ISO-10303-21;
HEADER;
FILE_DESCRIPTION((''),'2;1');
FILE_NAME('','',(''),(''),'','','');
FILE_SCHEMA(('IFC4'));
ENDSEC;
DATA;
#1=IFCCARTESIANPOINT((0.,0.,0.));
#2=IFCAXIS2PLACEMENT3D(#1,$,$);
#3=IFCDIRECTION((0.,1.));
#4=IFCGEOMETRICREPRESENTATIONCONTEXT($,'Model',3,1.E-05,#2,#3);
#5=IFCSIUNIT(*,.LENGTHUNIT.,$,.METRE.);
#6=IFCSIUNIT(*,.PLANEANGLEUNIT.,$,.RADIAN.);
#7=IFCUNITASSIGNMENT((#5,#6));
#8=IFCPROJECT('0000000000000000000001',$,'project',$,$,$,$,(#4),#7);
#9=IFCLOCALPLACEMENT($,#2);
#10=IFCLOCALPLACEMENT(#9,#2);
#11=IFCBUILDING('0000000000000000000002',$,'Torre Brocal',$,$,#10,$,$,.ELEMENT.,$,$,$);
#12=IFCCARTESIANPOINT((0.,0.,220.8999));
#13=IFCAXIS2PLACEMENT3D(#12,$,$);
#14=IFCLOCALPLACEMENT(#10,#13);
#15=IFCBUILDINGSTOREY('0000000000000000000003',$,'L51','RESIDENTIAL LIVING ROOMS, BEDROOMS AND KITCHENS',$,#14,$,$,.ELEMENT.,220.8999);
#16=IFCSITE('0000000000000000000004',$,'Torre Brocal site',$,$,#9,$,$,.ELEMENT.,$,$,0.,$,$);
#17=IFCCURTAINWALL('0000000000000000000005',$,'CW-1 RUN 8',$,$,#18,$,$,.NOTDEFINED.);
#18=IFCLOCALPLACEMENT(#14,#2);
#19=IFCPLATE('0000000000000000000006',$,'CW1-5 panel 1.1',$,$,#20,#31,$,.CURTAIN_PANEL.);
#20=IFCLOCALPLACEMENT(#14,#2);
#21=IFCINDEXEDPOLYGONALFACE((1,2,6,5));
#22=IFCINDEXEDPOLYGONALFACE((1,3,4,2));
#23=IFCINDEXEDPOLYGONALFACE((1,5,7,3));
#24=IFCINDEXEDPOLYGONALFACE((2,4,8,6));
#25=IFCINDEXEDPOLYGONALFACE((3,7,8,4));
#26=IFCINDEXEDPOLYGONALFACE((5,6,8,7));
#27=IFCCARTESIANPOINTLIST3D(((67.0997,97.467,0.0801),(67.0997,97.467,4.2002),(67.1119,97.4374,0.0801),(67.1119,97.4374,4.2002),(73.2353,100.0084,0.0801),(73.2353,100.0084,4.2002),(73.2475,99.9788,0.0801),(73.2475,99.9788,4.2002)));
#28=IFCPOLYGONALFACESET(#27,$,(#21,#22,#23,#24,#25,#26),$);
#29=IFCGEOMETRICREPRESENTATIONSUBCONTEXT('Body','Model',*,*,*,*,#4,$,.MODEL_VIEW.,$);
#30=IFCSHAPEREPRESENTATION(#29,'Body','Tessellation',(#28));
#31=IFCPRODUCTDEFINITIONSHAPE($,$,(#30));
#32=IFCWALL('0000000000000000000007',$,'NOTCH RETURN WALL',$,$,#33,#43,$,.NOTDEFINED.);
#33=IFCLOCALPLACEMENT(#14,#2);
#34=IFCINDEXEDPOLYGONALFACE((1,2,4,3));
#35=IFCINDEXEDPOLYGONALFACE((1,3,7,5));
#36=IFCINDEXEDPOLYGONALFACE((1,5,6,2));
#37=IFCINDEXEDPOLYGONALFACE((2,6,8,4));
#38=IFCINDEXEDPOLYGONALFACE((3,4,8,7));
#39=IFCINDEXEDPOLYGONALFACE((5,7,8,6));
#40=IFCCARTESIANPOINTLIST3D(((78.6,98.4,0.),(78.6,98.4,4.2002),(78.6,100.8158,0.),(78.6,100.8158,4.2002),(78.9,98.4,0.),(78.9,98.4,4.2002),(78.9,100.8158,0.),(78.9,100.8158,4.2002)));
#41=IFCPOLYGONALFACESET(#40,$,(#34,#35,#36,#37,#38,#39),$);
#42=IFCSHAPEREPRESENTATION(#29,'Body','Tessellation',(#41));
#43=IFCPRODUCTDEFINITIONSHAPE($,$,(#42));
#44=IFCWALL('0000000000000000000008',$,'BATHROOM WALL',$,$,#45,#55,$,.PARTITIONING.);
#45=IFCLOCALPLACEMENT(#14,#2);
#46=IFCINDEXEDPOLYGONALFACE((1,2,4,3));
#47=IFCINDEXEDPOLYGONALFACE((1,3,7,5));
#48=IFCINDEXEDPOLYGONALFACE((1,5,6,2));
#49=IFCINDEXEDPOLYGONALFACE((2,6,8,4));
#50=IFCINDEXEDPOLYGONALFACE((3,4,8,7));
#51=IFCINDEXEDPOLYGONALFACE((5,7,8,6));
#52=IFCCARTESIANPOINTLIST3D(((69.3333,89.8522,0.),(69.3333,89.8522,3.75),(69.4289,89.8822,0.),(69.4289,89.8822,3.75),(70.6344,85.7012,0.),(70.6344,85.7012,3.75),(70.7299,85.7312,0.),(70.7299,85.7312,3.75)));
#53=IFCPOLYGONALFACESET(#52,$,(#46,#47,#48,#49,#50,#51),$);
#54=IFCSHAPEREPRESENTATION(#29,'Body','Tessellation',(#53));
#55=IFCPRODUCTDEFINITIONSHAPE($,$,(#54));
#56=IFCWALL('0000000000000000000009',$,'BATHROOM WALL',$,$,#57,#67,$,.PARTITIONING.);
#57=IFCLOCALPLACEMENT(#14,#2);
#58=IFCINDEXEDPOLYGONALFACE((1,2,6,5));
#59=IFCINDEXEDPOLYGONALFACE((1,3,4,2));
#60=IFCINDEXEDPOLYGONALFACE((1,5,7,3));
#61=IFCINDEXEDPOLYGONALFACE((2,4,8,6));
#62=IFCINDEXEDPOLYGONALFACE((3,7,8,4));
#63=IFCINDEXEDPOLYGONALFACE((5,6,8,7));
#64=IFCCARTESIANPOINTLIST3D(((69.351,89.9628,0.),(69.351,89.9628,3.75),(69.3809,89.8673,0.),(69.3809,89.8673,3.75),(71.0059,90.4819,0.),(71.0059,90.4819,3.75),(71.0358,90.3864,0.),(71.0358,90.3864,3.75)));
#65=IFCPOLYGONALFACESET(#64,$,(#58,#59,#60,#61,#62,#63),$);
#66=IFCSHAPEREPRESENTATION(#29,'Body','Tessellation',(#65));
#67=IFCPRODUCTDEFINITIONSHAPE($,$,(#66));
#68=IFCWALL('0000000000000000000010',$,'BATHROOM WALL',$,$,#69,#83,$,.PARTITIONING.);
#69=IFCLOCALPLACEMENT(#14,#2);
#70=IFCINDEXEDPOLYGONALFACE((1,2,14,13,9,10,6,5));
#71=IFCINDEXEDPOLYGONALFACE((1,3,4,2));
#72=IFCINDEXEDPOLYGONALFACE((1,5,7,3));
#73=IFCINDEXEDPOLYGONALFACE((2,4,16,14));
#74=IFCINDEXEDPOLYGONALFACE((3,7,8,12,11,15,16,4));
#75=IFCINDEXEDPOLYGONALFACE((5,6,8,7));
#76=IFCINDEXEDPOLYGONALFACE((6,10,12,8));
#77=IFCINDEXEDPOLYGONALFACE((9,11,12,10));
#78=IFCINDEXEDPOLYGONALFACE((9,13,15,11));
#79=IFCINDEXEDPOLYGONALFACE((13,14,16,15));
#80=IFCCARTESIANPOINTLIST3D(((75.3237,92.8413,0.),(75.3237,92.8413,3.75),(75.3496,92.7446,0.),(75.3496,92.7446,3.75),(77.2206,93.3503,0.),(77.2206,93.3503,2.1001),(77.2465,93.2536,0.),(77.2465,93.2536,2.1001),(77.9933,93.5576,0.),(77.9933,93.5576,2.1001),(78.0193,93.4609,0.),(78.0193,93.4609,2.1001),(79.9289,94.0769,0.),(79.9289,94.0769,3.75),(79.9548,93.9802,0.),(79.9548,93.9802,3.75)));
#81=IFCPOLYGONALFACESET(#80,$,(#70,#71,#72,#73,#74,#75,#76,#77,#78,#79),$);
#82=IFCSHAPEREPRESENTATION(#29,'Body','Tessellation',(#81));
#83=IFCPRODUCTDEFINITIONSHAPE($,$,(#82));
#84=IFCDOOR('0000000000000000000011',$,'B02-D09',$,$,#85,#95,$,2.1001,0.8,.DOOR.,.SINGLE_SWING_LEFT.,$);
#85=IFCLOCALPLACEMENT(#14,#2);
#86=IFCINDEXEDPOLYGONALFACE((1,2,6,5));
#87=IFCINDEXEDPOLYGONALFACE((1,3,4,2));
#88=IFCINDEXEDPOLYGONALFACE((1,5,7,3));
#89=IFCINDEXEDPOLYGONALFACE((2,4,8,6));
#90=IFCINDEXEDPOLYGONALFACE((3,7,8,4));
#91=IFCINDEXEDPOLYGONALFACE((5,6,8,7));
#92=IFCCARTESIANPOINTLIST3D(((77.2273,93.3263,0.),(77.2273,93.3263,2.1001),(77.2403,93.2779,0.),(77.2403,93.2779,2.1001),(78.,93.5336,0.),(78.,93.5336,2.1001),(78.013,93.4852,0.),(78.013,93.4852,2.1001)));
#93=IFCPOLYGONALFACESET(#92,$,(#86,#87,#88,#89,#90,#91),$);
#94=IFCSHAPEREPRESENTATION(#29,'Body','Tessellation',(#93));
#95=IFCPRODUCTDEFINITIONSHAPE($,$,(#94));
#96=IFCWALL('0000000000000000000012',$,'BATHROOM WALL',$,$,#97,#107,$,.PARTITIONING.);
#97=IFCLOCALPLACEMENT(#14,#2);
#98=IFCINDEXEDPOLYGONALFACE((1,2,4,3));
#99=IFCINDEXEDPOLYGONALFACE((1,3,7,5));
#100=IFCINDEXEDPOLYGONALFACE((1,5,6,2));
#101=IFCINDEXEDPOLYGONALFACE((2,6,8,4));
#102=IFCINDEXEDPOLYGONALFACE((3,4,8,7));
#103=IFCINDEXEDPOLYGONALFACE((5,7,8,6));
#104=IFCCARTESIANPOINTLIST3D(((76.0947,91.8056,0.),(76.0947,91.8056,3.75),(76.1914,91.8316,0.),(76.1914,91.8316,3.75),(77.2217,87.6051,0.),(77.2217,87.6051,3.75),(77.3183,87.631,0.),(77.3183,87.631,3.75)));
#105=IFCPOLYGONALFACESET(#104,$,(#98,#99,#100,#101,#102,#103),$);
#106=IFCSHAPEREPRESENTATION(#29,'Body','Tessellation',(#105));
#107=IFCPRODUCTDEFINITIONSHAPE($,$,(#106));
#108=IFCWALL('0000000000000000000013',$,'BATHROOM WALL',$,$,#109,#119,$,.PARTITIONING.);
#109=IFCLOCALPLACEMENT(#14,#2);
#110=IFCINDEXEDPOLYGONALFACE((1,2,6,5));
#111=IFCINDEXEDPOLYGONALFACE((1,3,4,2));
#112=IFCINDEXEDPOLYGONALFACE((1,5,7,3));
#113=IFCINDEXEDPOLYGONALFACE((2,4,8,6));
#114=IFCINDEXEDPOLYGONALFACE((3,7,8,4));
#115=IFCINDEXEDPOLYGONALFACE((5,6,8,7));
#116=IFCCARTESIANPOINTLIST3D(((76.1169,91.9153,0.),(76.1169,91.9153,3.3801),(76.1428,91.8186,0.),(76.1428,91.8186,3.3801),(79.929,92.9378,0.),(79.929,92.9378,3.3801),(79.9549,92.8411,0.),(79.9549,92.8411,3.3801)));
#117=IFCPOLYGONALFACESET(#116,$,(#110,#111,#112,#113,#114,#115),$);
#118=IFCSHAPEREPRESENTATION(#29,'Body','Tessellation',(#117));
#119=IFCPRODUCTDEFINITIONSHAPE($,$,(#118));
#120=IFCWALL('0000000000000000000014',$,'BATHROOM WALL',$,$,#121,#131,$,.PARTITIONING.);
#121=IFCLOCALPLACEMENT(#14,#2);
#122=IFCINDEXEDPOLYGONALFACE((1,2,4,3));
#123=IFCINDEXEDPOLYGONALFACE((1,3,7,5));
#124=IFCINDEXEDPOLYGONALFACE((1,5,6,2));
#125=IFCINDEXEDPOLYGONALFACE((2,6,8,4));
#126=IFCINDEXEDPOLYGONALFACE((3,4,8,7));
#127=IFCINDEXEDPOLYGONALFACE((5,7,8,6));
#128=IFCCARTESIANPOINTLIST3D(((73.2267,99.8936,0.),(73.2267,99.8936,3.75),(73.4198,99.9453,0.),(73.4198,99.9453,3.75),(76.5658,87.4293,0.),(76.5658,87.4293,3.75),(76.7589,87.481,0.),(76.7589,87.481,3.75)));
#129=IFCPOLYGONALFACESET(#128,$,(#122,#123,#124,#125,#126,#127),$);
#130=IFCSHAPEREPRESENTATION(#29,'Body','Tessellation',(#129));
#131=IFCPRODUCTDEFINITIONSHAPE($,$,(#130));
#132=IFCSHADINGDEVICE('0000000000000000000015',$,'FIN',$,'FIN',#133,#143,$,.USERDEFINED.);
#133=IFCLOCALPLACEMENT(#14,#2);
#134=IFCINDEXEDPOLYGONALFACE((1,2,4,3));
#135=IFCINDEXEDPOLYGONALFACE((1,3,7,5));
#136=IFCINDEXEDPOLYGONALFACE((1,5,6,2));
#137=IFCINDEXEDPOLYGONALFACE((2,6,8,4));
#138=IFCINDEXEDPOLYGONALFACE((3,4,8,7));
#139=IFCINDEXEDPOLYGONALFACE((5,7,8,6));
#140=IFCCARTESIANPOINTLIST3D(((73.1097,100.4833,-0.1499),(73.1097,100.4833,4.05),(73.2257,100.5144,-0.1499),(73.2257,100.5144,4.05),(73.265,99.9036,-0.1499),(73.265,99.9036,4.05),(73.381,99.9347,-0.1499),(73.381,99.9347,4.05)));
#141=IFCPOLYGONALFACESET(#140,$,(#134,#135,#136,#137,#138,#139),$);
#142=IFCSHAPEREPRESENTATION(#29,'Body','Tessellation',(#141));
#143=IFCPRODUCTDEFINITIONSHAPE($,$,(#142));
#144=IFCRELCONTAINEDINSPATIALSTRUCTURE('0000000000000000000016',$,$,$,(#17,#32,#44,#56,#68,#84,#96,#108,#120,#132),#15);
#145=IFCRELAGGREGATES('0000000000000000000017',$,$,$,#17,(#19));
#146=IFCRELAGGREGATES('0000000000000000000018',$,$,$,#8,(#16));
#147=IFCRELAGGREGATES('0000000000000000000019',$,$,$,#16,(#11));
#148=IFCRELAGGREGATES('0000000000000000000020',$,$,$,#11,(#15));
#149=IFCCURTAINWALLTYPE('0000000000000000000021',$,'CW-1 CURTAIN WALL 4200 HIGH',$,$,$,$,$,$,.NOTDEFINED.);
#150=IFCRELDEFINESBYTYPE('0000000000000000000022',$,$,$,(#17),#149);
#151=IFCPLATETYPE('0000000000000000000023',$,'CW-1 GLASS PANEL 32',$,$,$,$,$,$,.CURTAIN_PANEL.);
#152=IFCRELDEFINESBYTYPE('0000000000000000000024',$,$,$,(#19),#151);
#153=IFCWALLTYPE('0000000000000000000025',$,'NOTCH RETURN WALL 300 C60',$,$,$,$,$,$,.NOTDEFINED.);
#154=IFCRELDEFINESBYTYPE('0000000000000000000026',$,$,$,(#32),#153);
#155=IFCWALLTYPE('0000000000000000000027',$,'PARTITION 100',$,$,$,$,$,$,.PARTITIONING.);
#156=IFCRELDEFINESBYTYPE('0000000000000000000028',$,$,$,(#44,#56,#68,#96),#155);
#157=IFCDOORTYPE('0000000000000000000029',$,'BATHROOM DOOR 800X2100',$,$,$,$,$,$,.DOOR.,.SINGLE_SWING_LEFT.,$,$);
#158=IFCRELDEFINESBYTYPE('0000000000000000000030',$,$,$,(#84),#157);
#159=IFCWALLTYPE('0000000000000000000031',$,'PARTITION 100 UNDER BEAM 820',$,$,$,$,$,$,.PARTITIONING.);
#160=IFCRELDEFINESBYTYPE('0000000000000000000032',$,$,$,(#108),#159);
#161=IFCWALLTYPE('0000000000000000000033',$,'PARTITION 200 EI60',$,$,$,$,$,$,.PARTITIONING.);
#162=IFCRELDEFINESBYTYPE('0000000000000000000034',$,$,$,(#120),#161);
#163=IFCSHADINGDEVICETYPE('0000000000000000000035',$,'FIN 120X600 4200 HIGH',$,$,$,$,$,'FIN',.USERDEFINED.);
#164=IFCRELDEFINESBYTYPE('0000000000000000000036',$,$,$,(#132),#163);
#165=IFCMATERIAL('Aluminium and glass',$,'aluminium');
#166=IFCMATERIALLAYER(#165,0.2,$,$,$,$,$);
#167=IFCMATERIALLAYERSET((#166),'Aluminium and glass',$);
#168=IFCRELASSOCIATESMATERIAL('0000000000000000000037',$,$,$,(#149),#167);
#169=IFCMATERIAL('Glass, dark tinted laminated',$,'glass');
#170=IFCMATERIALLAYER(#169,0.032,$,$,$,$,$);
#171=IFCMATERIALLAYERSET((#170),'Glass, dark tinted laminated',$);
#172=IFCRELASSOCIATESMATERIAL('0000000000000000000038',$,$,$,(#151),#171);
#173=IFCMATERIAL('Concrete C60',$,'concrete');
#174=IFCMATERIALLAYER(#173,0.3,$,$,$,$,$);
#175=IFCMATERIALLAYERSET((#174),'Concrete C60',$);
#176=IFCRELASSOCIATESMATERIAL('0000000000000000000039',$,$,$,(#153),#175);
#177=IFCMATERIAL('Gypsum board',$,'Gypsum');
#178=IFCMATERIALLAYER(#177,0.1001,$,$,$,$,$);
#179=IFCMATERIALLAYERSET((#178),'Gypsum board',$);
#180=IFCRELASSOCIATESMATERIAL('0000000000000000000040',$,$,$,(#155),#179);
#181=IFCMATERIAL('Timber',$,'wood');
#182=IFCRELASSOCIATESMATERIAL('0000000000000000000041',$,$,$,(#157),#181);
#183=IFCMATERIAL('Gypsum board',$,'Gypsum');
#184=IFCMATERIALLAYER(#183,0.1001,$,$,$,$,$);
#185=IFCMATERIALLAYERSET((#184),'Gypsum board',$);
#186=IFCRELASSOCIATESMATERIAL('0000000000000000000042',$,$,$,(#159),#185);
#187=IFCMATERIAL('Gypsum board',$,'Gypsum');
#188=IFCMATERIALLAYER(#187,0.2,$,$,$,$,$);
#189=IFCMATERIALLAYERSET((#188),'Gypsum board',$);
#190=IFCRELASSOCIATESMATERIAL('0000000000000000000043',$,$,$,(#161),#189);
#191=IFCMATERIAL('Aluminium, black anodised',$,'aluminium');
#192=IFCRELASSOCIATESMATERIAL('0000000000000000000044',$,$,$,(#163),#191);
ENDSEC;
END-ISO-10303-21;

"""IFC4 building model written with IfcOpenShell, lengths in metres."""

from ifc_helpers import new_model, si_unit, direction, frame, frame_2d, origin, origin_2d, place, context, subcontext, project, spatial, rectangle, extrude, material, layer, layer_set, material_profile, profile_set, type_object, element, fill, aggregate, save


model = new_model("IFC4")

# Units and contexts
model_context = context("Model", 3, precision=1e-05, world=origin(), true_north=direction((0.0, 1.0)))
body_context = subcontext(model_context, "Body", "Model", "MODEL_VIEW")
ifc_project = project(units=[si_unit("LENGTHUNIT", "METRE"), si_unit("PLANEANGLEUNIT", "RADIAN")], contexts=[model_context])

# Site, building, storey
site_placement = place(None, origin())
site = spatial("IfcSite", under=ifc_project, at=site_placement, Name="Torre Brocal site", CompositionType="ELEMENT", RefElevation=0.0)
building_placement = place(site_placement, origin())
building = spatial("IfcBuilding", under=site, at=building_placement, Name="Torre Brocal", CompositionType="ELEMENT")
storey_placement = place(building_placement, frame((0.0, 0.0, 220.8999)))
storey = spatial("IfcBuildingStorey", under=building, at=storey_placement, Name="L51", Description="RESIDENTIAL LIVING ROOMS, BEDROOMS AND KITCHENS", CompositionType="ELEMENT", Elevation=220.8999)

# Shared definitions
ifc_material_1 = material(Name="Aluminium and glass", Category="aluminium")
ifc_layer_1 = layer(ifc_material_1, 0.2)
ifc_layer_set_1 = layer_set([ifc_layer_1], Name="Aluminium and glass")
curtain_wall_type = type_object("IfcCurtainWallType", Name="CW-1 CURTAIN WALL 4200 HIGH", PredefinedType="NOTDEFINED", material=ifc_layer_set_1)

# Curtain wall
curtain_wall_1_placement = place(storey_placement, origin())
curtain_wall_1 = element("IfcCurtainWall", 1, at=curtain_wall_1_placement, inside=storey, type_object=curtain_wall_type, Name="CW-1 RUN 8", PredefinedType="NOTDEFINED")

# Plate
ifc_material_2 = material(Name="Glass, dark tinted laminated", Category="glass")
ifc_layer_2 = layer(ifc_material_2, 0.032)
ifc_layer_set_2 = layer_set([ifc_layer_2], Name="Glass, dark tinted laminated")
plate_type = type_object("IfcPlateType", Name="CW-1 GLASS PANEL 32", PredefinedType="CURTAIN_PANEL", material=ifc_layer_set_2)
plate_1_placement = place(storey_placement, frame((70.1736, 98.7229, 0.0801), z_axis=(0.0, 0.0, 1.0), x_axis=(-0.92388, -0.382683, 0.0)))
plate_1 = element("IfcPlate", 2, at=plate_1_placement, type_object=plate_type, Name="CW1-5 panel 1.1", PredefinedType="CURTAIN_PANEL", context=body_context, shape_type="SweptSolid", body=[
    extrude(rectangle(XDim=6.6411, YDim=0.032, at=origin_2d()), origin(), (0.0, 0.0, 1.0), 4.1201),
])
aggregate(curtain_wall_1, [plate_1])

# Walls
ifc_material_3 = material(Name="Concrete C60", Category="concrete")
ifc_layer_3 = layer(ifc_material_3, 0.3)
ifc_layer_set_3 = layer_set([ifc_layer_3], Name="Concrete C60")
wall_type_1 = type_object("IfcWallType", Name="NOTCH RETURN WALL 300 C60", PredefinedType="NOTDEFINED", material=ifc_layer_set_3)
wall_1_placement = place(storey_placement, frame((78.75, 98.3999, 0.0), z_axis=(0.0, 0.0, 1.0), x_axis=(0.0, 1.0, 0.0)))
element("IfcWall", 3, at=wall_1_placement, inside=storey, type_object=wall_type_1, Name="NOTCH RETURN WALL", PredefinedType="NOTDEFINED", context=body_context, shape_type="SweptSolid", body=[
    extrude(rectangle(XDim=2.4158, YDim=0.3, at=frame_2d((1.208, 0.0))), origin(), (0.0, 0.0, 1.0), 4.2002),
])
ifc_material_4 = material(Name="Gypsum board", Category="Gypsum")
ifc_layer_4 = layer(ifc_material_4, 0.1001)
ifc_layer_set_4 = layer_set([ifc_layer_4], Name="Gypsum board")
wall_type_2 = type_object("IfcWallType", Name="PARTITION 100", PredefinedType="PARTITIONING", material=ifc_layer_set_4)
wall_2_placement = place(storey_placement, frame((69.3811, 89.8672, 0.0), z_axis=(0.0, 0.0, 1.0), x_axis=(0.299087, -0.954226, 0.0)))
element("IfcWall", 4, at=wall_2_placement, inside=storey, type_object=wall_type_2, Name="BATHROOM WALL", PredefinedType="PARTITIONING", context=body_context, shape_type="SweptSolid", body=[
    extrude(rectangle(XDim=4.3501, YDim=0.1001, at=frame_2d((2.175, 0.0))), origin(), (0.0, 0.0, 1.0), 3.75),
])
wall_3_placement = place(storey_placement, frame((69.366, 89.915, 0.0), z_axis=(0.0, 0.0, 1.0), x_axis=(0.954164, 0.299285, 0.0)))
element("IfcWall", 5, at=wall_3_placement, inside=storey, type_object=wall_type_2, Name="BATHROOM WALL", PredefinedType="PARTITIONING", context=body_context, shape_type="SweptSolid", body=[
    extrude(rectangle(XDim=1.7344, YDim=0.1001, at=frame_2d((0.8672, 0.0))), origin(), (0.0, 0.0, 1.0), 3.75),
])

# Wall, opening, door
wall_4_placement = place(storey_placement, frame((75.3367, 92.793, 0.0), z_axis=(0.0, 0.0, 1.0), x_axis=(0.96584, 0.259138, 0.0)))
wall_4 = element("IfcWall", 6, at=wall_4_placement, inside=storey, type_object=wall_type_2, Name="BATHROOM WALL", PredefinedType="PARTITIONING", context=body_context, shape_type="SweptSolid", body=[
    extrude(rectangle(XDim=4.7681, YDim=0.1001, at=frame_2d((2.384, 0.0))), origin(), (0.0, 0.0, 1.0), 3.75),
])
opening_placement = place(wall_4_placement, frame((1.9641, 0.0, 0.0)))
opening = element("IfcOpeningElement", 7, at=opening_placement, cuts=wall_4, PredefinedType="OPENING", context=body_context, shape_type="SweptSolid", body=[
    extrude(rectangle(XDim=0.8, YDim=2.1001, at=frame_2d((0.3999, 1.05))), frame((0.0, 0.0601, 0.0), z_axis=(0.0, -1.0, 0.0), x_axis=(1.0, 0.0, 0.0)), (0.0, 0.0, 1.0), 0.1201),
])
ifc_material_5 = material(Name="Timber", Category="wood")
door_type = type_object("IfcDoorType", Name="BATHROOM DOOR 800X2100", OperationType="SINGLE_SWING_LEFT", PredefinedType="DOOR", material=ifc_material_5)
door_placement = place(opening_placement, frame((0.8, 0.0, 0.0), z_axis=(0.0, 0.0, 1.0), x_axis=(-1.0, 0.0, 0.0)))
door = element("IfcDoor", 8, at=door_placement, inside=storey, type_object=door_type, Name="B02-D09", OperationType="SINGLE_SWING_LEFT", OverallHeight=2.1001, OverallWidth=0.8, PredefinedType="DOOR", context=body_context, shape_type="SweptSolid", body=[
    extrude(rectangle(XDim=0.8, YDim=2.1001, at=frame_2d((0.3999, 1.05))), frame((0.0, 0.0249, 0.0), z_axis=(0.0, -1.0, 0.0), x_axis=(1.0, 0.0, 0.0)), (0.0, 0.0, 1.0), 0.05),
])
fill(opening, door)

# Walls
wall_5_placement = place(storey_placement, frame((76.1431, 91.8186, 0.0), z_axis=(0.0, 0.0, 1.0), x_axis=(0.259116, -0.965846, 0.0)))
element("IfcWall", 9, at=wall_5_placement, inside=storey, type_object=wall_type_2, Name="BATHROOM WALL", PredefinedType="PARTITIONING", context=body_context, shape_type="SweptSolid", body=[
    extrude(rectangle(XDim=4.3491, YDim=0.1001, at=frame_2d((2.1746, 0.0))), origin(), (0.0, 0.0, 1.0), 3.75),
])
ifc_material_6 = material(Name="Gypsum board", Category="Gypsum")
ifc_layer_5 = layer(ifc_material_6, 0.1001)
ifc_layer_set_5 = layer_set([ifc_layer_5], Name="Gypsum board")
wall_type_3 = type_object("IfcWallType", Name="PARTITION 100 UNDER BEAM 820", PredefinedType="PARTITIONING", material=ifc_layer_set_5)
wall_6_placement = place(storey_placement, frame((76.1299, 91.8669, 0.0), z_axis=(0.0, 0.0, 1.0), x_axis=(0.96586, 0.259064, 0.0)))
element("IfcWall", 10, at=wall_6_placement, inside=storey, type_object=wall_type_3, Name="BATHROOM WALL", PredefinedType="PARTITIONING", context=body_context, shape_type="SweptSolid", body=[
    extrude(rectangle(XDim=3.9468, YDim=0.1001, at=frame_2d((1.9734, 0.0))), origin(), (0.0, 0.0, 1.0), 3.3801),
])
ifc_material_7 = material(Name="Gypsum board", Category="Gypsum")
ifc_layer_6 = layer(ifc_material_7, 0.2)
ifc_layer_set_6 = layer_set([ifc_layer_6], Name="Gypsum board")
wall_type_4 = type_object("IfcWallType", Name="PARTITION 200 EI60", PredefinedType="PARTITIONING", material=ifc_layer_set_6)
wall_7_placement = place(storey_placement, frame((73.3232, 99.9194, 0.0), z_axis=(0.0, 0.0, 1.0), x_axis=(0.258768, -0.965939, 0.0)))
element("IfcWall", 11, at=wall_7_placement, inside=storey, type_object=wall_type_4, Name="BATHROOM WALL", PredefinedType="PARTITIONING", context=body_context, shape_type="SweptSolid", body=[
    extrude(rectangle(XDim=12.9038, YDim=0.2, at=frame_2d((6.4519, 0.0))), origin(), (0.0, 0.0, 1.0), 3.75),
])

# Shading device
ifc_material_8 = material(Name="Aluminium, black anodised", Category="aluminium")
ifc_material_profile_1 = material_profile(ifc_material_8, rectangle(XDim=0.1201, YDim=0.6001, at=origin_2d()), Name="FIN 120X600 4200 HIGH")
ifc_profile_set_1 = profile_set([ifc_material_profile_1], Name="Aluminium, black anodised")
shading_device_type = type_object("IfcShadingDeviceType", Name="FIN 120X600 4200 HIGH", ElementType="FIN", PredefinedType="USERDEFINED", material=ifc_profile_set_1)
shading_device_placement = place(storey_placement, frame((73.2454, 100.209, -0.1499), z_axis=(0.0, 0.0, 1.0), x_axis=(-0.965926, -0.258819, 0.0)))
element("IfcShadingDevice", 12, at=shading_device_placement, inside=storey, type_object=shading_device_type, Name="FIN", ObjectType="FIN", PredefinedType="USERDEFINED", context=body_context, shape_type="SweptSolid", body=[
    extrude(rectangle(XDim=0.1201, YDim=0.6001, at=origin_2d()), origin(), (0.0, 0.0, 1.0), 4.2),
])

save(model, "model.ifc")
